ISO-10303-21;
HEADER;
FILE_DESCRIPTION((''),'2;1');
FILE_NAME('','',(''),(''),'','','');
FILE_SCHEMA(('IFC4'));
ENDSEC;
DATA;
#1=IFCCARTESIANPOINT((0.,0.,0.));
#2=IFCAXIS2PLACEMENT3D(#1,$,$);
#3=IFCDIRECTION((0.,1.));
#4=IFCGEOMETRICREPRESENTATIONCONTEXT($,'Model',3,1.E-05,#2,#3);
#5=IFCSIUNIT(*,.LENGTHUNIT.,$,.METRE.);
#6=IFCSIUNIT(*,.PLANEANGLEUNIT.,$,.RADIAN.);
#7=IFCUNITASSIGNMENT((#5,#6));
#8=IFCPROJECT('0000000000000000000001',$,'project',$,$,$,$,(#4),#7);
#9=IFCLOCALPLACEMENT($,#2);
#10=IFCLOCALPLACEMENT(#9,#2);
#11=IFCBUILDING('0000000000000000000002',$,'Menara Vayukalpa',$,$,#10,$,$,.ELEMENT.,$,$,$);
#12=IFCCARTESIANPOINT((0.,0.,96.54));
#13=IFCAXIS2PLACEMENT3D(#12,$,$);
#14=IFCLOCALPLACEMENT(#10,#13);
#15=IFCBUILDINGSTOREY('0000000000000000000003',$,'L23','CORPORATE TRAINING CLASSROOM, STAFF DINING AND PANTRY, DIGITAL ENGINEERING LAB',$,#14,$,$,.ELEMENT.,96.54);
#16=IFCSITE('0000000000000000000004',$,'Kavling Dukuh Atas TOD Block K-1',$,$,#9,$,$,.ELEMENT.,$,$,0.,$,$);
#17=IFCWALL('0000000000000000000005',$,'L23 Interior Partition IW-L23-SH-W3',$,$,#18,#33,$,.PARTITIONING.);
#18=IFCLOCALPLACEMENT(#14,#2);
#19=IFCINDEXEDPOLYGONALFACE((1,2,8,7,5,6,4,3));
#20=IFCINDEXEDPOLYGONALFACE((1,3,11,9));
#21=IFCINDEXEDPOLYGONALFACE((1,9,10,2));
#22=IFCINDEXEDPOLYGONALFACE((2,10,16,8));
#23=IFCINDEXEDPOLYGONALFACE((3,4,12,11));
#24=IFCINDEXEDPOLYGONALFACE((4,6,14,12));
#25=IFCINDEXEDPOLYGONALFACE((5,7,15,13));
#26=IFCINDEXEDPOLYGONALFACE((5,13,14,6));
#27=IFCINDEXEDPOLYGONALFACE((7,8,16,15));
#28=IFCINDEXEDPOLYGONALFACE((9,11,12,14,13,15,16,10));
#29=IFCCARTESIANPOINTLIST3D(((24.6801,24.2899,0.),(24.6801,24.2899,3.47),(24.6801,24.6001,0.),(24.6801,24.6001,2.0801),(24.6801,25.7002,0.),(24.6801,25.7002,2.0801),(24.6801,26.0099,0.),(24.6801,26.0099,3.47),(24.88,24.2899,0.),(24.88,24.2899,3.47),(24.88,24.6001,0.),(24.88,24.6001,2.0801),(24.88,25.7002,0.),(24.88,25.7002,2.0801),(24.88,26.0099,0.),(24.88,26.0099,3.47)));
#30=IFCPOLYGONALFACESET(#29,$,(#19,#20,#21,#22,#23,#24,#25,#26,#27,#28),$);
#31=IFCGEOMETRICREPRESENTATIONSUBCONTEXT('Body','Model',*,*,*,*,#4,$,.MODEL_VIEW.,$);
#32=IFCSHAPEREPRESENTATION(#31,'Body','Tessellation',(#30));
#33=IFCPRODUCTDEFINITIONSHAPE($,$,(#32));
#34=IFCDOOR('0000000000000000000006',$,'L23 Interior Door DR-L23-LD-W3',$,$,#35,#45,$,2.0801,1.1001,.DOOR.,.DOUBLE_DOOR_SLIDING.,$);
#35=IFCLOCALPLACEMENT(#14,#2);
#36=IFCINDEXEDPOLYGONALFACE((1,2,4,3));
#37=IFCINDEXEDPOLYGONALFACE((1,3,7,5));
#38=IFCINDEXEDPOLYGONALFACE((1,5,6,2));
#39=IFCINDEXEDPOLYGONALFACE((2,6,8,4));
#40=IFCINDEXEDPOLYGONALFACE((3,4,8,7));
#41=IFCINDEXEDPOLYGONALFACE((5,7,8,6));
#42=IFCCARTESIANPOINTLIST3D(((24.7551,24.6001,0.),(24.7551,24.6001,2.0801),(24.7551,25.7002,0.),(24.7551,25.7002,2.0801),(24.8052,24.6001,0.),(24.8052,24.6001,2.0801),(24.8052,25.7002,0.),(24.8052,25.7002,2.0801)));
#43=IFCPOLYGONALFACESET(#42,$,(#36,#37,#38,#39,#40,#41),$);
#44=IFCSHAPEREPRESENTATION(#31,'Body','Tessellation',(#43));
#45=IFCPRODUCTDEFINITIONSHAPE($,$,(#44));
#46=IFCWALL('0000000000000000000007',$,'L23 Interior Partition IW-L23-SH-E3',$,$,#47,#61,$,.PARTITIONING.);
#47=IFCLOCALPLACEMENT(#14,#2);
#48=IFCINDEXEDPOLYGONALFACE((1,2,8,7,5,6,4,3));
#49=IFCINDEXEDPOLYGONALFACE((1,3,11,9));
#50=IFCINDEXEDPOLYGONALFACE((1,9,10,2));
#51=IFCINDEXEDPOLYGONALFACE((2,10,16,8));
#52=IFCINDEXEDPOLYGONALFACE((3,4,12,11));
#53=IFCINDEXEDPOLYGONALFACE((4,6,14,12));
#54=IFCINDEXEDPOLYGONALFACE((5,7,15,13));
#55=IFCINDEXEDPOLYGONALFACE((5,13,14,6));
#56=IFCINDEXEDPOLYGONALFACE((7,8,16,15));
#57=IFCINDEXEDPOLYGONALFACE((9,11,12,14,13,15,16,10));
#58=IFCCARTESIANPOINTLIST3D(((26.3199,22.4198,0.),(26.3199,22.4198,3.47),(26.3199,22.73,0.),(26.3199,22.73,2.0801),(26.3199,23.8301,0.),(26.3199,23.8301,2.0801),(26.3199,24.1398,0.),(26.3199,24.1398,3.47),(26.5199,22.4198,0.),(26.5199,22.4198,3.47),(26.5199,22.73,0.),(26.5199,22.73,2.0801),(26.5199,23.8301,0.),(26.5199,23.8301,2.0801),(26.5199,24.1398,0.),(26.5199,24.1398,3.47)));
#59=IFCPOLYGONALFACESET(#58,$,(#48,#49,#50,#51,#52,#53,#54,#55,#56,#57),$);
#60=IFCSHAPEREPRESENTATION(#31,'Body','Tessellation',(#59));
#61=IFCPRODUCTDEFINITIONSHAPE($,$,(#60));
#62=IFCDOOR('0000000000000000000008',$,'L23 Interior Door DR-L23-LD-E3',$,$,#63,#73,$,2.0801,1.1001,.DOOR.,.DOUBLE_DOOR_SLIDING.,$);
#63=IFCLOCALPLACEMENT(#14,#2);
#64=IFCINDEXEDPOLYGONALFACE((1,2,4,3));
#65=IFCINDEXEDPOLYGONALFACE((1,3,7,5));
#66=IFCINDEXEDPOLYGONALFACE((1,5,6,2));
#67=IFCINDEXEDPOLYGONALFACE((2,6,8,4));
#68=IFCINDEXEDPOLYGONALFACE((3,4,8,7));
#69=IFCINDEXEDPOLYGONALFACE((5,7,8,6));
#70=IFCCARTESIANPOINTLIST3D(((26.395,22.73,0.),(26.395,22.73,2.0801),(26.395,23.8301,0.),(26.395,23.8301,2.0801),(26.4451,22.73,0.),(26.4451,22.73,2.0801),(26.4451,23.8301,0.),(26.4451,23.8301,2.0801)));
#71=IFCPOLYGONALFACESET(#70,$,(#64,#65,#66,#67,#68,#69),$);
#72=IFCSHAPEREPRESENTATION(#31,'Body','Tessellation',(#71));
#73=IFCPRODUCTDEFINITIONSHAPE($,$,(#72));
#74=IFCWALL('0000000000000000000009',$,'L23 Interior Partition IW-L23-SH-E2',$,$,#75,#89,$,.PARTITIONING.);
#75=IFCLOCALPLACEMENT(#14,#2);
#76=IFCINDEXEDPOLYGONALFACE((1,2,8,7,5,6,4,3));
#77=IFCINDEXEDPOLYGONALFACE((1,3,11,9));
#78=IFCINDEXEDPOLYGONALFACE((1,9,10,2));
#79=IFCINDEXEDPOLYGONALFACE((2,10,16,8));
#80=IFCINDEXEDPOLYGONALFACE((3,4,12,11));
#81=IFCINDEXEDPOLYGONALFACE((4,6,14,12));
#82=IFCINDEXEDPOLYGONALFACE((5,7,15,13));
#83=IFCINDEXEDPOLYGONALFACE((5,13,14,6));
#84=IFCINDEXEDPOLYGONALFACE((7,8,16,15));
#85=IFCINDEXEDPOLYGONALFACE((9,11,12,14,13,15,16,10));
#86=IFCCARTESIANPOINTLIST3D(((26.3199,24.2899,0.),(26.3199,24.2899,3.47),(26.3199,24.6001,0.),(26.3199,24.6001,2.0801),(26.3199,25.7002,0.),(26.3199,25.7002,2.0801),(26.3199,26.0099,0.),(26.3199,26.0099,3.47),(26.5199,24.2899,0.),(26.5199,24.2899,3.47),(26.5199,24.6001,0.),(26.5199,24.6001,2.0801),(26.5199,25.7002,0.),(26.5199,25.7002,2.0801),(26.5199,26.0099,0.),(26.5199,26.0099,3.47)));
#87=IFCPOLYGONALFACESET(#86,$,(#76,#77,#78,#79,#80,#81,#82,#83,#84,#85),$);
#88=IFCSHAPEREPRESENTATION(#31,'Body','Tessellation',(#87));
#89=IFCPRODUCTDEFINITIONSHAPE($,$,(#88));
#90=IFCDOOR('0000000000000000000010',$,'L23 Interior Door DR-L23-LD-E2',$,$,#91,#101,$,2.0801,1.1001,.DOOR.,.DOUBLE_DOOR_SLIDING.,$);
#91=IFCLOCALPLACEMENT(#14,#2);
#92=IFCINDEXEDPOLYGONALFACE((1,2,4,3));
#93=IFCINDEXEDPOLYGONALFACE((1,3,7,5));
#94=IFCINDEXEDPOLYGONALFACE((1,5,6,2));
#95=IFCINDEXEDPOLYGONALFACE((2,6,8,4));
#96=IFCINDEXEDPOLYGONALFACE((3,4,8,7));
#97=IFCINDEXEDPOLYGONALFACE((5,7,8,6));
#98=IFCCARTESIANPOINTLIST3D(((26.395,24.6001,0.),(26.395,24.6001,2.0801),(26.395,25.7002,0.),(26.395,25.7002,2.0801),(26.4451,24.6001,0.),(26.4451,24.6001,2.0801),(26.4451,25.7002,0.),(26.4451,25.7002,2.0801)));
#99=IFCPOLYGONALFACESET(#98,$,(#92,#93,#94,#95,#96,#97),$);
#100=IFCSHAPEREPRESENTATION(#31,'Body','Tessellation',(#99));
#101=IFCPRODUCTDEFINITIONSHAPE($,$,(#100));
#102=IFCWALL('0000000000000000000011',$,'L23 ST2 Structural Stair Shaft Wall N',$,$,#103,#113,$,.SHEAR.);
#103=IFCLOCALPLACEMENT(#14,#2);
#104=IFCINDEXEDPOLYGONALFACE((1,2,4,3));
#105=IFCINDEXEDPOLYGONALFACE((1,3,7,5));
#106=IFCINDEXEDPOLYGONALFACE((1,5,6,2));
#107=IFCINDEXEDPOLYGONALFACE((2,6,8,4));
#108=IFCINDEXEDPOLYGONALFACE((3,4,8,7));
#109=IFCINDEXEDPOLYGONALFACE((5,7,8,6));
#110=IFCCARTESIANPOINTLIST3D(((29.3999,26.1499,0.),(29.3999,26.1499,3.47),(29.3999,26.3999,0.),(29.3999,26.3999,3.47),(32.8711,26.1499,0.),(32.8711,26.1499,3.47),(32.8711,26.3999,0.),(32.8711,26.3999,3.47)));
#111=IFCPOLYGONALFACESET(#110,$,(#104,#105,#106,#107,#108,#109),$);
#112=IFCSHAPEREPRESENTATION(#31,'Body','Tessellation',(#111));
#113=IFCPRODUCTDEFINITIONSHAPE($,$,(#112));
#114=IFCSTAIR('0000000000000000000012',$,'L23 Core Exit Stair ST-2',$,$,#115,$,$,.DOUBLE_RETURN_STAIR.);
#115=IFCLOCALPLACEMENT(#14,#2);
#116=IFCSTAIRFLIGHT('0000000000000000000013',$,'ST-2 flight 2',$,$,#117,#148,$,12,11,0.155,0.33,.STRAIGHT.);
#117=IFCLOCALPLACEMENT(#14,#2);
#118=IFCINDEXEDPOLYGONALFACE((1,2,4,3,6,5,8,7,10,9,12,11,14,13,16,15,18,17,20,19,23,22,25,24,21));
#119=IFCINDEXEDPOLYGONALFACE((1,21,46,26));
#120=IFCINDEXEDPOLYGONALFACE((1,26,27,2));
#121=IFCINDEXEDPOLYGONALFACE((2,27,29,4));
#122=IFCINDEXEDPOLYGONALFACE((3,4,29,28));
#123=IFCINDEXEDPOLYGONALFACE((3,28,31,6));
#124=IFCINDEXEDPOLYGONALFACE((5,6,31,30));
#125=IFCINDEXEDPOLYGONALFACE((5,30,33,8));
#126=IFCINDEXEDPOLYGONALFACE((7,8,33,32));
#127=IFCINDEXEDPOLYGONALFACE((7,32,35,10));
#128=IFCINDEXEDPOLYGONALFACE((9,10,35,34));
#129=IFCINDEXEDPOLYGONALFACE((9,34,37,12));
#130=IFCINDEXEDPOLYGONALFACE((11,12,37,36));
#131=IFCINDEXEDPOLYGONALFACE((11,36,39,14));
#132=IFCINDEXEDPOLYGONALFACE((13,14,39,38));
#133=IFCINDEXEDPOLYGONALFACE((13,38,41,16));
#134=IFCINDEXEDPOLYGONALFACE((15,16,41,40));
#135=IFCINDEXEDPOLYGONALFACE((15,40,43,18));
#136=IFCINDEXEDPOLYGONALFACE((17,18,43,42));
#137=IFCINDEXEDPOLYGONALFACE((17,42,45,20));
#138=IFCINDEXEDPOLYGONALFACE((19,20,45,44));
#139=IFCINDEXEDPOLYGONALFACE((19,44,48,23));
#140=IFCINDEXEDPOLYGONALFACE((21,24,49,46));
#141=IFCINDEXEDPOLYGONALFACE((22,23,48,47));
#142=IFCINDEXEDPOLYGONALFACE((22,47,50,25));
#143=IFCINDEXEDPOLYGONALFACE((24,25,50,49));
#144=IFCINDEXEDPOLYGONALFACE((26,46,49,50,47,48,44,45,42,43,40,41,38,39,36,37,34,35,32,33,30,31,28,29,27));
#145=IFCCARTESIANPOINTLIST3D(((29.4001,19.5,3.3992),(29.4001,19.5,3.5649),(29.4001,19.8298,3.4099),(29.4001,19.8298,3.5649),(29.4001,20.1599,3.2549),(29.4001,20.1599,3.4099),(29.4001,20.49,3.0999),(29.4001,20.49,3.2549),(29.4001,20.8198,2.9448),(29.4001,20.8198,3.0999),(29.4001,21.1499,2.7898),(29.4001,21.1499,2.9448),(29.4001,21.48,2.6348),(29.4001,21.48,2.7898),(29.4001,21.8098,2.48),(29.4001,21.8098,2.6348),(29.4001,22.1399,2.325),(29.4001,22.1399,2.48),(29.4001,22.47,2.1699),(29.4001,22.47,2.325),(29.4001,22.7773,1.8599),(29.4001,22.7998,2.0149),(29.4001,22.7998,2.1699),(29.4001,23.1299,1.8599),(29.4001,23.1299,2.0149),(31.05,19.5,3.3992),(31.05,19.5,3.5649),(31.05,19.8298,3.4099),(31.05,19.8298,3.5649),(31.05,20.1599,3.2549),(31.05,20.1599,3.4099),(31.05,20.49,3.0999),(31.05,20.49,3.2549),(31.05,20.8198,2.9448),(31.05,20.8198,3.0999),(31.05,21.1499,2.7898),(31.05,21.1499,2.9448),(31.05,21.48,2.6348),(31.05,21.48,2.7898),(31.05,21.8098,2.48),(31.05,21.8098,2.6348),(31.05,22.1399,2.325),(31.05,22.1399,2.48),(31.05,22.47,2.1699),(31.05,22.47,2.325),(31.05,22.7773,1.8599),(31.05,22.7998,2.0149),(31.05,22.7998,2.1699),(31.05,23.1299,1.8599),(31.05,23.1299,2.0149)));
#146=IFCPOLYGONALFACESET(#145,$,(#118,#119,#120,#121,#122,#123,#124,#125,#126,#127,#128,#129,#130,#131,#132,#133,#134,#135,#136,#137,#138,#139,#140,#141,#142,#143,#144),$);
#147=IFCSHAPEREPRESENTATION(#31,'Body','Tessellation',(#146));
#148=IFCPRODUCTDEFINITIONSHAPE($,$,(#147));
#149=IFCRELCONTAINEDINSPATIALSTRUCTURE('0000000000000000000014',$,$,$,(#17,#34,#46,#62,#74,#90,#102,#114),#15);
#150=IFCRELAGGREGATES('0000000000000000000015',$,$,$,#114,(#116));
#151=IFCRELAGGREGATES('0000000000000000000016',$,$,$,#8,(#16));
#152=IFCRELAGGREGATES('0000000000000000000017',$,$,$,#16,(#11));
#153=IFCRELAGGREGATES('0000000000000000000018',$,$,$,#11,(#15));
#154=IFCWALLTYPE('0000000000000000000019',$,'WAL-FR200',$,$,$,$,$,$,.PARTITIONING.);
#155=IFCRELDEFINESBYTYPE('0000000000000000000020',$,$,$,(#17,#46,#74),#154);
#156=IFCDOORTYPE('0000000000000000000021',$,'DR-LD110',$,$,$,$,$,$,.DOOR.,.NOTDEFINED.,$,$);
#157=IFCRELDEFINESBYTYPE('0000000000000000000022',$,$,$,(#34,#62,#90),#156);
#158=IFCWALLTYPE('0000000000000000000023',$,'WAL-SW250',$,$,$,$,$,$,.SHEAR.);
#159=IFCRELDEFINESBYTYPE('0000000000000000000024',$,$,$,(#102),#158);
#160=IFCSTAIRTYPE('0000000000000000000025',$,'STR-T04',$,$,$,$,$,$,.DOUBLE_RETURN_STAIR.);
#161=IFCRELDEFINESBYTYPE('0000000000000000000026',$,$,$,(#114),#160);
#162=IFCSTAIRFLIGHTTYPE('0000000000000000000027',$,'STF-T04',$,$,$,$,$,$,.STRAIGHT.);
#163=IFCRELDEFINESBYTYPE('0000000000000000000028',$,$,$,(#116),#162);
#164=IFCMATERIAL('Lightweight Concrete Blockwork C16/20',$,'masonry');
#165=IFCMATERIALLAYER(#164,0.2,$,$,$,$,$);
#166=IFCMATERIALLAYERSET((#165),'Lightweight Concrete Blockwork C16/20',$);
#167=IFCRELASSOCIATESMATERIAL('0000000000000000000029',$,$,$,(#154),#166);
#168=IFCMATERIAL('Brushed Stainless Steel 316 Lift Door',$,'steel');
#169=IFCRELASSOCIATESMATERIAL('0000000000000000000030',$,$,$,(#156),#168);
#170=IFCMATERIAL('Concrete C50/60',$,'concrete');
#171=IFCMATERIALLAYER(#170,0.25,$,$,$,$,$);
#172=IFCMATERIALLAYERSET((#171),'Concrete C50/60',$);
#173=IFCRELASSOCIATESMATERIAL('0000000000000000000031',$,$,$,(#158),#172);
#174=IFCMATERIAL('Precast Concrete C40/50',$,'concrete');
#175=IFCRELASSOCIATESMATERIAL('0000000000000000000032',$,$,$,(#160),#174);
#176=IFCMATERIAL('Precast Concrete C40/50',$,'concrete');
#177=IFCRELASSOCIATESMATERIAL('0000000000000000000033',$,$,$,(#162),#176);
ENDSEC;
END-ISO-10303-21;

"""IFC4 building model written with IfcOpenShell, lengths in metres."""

from ifc_helpers import new_model, si_unit, direction, frame, frame_2d, origin, place, context, subcontext, project, spatial, polyline, rectangle, outline, extrude, material, layer, layer_set, type_object, element, fill, aggregate, save


model = new_model("IFC4")

# Units and contexts
model_context = context("Model", 3, precision=1e-05, world=origin(), true_north=direction((0.0, 1.0)))
body_context = subcontext(model_context, "Body", "Model", "MODEL_VIEW")
ifc_project = project(units=[si_unit("LENGTHUNIT", "METRE"), si_unit("PLANEANGLEUNIT", "RADIAN")], contexts=[model_context])

# Site, building, storey
site_placement = place(None, origin())
site = spatial("IfcSite", under=ifc_project, at=site_placement, Name="Kavling Dukuh Atas TOD Block K-1", CompositionType="ELEMENT", RefElevation=0.0)
building_placement = place(site_placement, origin())
building = spatial("IfcBuilding", under=site, at=building_placement, Name="Menara Vayukalpa", CompositionType="ELEMENT")
storey_placement = place(building_placement, frame((0.0, 0.0, 96.54)))
storey = spatial("IfcBuildingStorey", under=building, at=storey_placement, Name="L23", Description="CORPORATE TRAINING CLASSROOM, STAFF DINING AND PANTRY, DIGITAL ENGINEERING LAB", CompositionType="ELEMENT", Elevation=96.54)

# Walls, openings, doors
ifc_material_1 = material(Name="Lightweight Concrete Blockwork C16/20", Category="masonry")
ifc_layer_1 = layer(ifc_material_1, 0.2)
ifc_layer_set_1 = layer_set([ifc_layer_1], Name="Lightweight Concrete Blockwork C16/20")
wall_type_1 = type_object("IfcWallType", Name="WAL-FR200", PredefinedType="PARTITIONING", material=ifc_layer_set_1)
ifc_material_2 = material(Name="Brushed Stainless Steel 316 Lift Door", Category="steel")
door_type = type_object("IfcDoorType", Name="DR-LD110", OperationType="NOTDEFINED", PredefinedType="DOOR", material=ifc_material_2)
wall_1_placement = place(storey_placement, frame((24.78, 24.29, 0.0), z_axis=(0.0, 0.0, 1.0), x_axis=(0.0, 1.0, 0.0)))
wall_1 = element("IfcWall", 1, at=wall_1_placement, inside=storey, type_object=wall_type_1, Name="L23 Interior Partition IW-L23-SH-W3", PredefinedType="PARTITIONING", context=body_context, shape_type="SweptSolid", body=[
    extrude(rectangle(XDim=1.72, YDim=0.2, at=frame_2d((0.8599, 0.0))), origin(), (0.0, 0.0, 1.0), 3.47),
])
opening_1_placement = place(wall_1_placement, frame((0.3101, 0.0, 0.0)))
opening_1 = element("IfcOpeningElement", 2, at=opening_1_placement, cuts=wall_1, PredefinedType="OPENING", context=body_context, shape_type="SweptSolid", body=[
    extrude(rectangle(XDim=1.1001, YDim=2.0801, at=frame_2d((0.55, 1.04))), frame((0.0, 0.1099, 0.0), z_axis=(0.0, -1.0, 0.0), x_axis=(1.0, 0.0, 0.0)), (0.0, 0.0, 1.0), 0.22),
])
door_1_placement = place(opening_1_placement, origin())
door_1 = element("IfcDoor", 3, at=door_1_placement, inside=storey, type_object=door_type, Name="L23 Interior Door DR-L23-LD-W3", OperationType="DOUBLE_DOOR_SLIDING", OverallHeight=2.0801, OverallWidth=1.1001, PredefinedType="DOOR", context=body_context, shape_type="SweptSolid", body=[
    extrude(rectangle(XDim=1.1001, YDim=2.0801, at=frame_2d((0.55, 1.04))), frame((0.0, 0.0249, 0.0), z_axis=(0.0, -1.0, 0.0), x_axis=(1.0, 0.0, 0.0)), (0.0, 0.0, 1.0), 0.05),
])
fill(opening_1, door_1)
wall_2_placement = place(storey_placement, frame((26.4199, 22.4199, 0.0), z_axis=(0.0, 0.0, 1.0), x_axis=(0.0, 1.0, 0.0)))
wall_2 = element("IfcWall", 4, at=wall_2_placement, inside=storey, type_object=wall_type_1, Name="L23 Interior Partition IW-L23-SH-E3", PredefinedType="PARTITIONING", context=body_context, shape_type="SweptSolid", body=[
    extrude(rectangle(XDim=1.72, YDim=0.2, at=frame_2d((0.8599, 0.0))), origin(), (0.0, 0.0, 1.0), 3.47),
])
opening_2_placement = place(wall_2_placement, frame((0.3101, 0.0, 0.0)))
opening_2 = element("IfcOpeningElement", 5, at=opening_2_placement, cuts=wall_2, PredefinedType="OPENING", context=body_context, shape_type="SweptSolid", body=[
    extrude(rectangle(XDim=1.1001, YDim=2.0801, at=frame_2d((0.55, 1.04))), frame((0.0, 0.1099, 0.0), z_axis=(0.0, -1.0, 0.0), x_axis=(1.0, 0.0, 0.0)), (0.0, 0.0, 1.0), 0.22),
])
door_2_placement = place(opening_2_placement, origin())
door_2 = element("IfcDoor", 6, at=door_2_placement, inside=storey, type_object=door_type, Name="L23 Interior Door DR-L23-LD-E3", OperationType="DOUBLE_DOOR_SLIDING", OverallHeight=2.0801, OverallWidth=1.1001, PredefinedType="DOOR", context=body_context, shape_type="SweptSolid", body=[
    extrude(rectangle(XDim=1.1001, YDim=2.0801, at=frame_2d((0.55, 1.04))), frame((0.0, 0.0249, 0.0), z_axis=(0.0, -1.0, 0.0), x_axis=(1.0, 0.0, 0.0)), (0.0, 0.0, 1.0), 0.05),
])
fill(opening_2, door_2)
wall_3_placement = place(storey_placement, frame((26.4199, 24.29, 0.0), z_axis=(0.0, 0.0, 1.0), x_axis=(0.0, 1.0, 0.0)))
wall_3 = element("IfcWall", 7, at=wall_3_placement, inside=storey, type_object=wall_type_1, Name="L23 Interior Partition IW-L23-SH-E2", PredefinedType="PARTITIONING", context=body_context, shape_type="SweptSolid", body=[
    extrude(rectangle(XDim=1.72, YDim=0.2, at=frame_2d((0.8599, 0.0))), origin(), (0.0, 0.0, 1.0), 3.47),
])
opening_3_placement = place(wall_3_placement, frame((0.3101, 0.0, 0.0)))
opening_3 = element("IfcOpeningElement", 8, at=opening_3_placement, cuts=wall_3, PredefinedType="OPENING", context=body_context, shape_type="SweptSolid", body=[
    extrude(rectangle(XDim=1.1001, YDim=2.0801, at=frame_2d((0.55, 1.04))), frame((0.0, 0.1099, 0.0), z_axis=(0.0, -1.0, 0.0), x_axis=(1.0, 0.0, 0.0)), (0.0, 0.0, 1.0), 0.22),
])
door_3_placement = place(opening_3_placement, origin())
door_3 = element("IfcDoor", 9, at=door_3_placement, inside=storey, type_object=door_type, Name="L23 Interior Door DR-L23-LD-E2", OperationType="DOUBLE_DOOR_SLIDING", OverallHeight=2.0801, OverallWidth=1.1001, PredefinedType="DOOR", context=body_context, shape_type="SweptSolid", body=[
    extrude(rectangle(XDim=1.1001, YDim=2.0801, at=frame_2d((0.55, 1.04))), frame((0.0, 0.0249, 0.0), z_axis=(0.0, -1.0, 0.0), x_axis=(1.0, 0.0, 0.0)), (0.0, 0.0, 1.0), 0.05),
])
fill(opening_3, door_3)

# Wall
ifc_material_3 = material(Name="Concrete C50/60", Category="concrete")
ifc_layer_2 = layer(ifc_material_3, 0.25)
ifc_layer_set_2 = layer_set([ifc_layer_2], Name="Concrete C50/60")
wall_type_2 = type_object("IfcWallType", Name="WAL-SW250", PredefinedType="SHEAR", material=ifc_layer_set_2)
wall_4_placement = place(storey_placement, frame((29.3999, 26.2749, 0.0), z_axis=(0.0, 0.0, 1.0), x_axis=(1.0, 0.0, 0.0)))
element("IfcWall", 10, at=wall_4_placement, inside=storey, type_object=wall_type_2, Name="L23 ST2 Structural Stair Shaft Wall N", PredefinedType="SHEAR", context=body_context, shape_type="SweptSolid", body=[
    extrude(rectangle(XDim=3.4712, YDim=0.25, at=frame_2d((1.7356, 0.0))), origin(), (0.0, 0.0, 1.0), 3.47),
])

# Stair, stair flight
ifc_material_4 = material(Name="Precast Concrete C40/50", Category="concrete")
stair_type = type_object("IfcStairType", Name="STR-T04", PredefinedType="DOUBLE_RETURN_STAIR", material=ifc_material_4)
stair_placement = place(storey_placement, origin())
stair = element("IfcStair", 11, at=stair_placement, inside=storey, type_object=stair_type, Name="L23 Core Exit Stair ST-2", PredefinedType="DOUBLE_RETURN_STAIR")
ifc_material_5 = material(Name="Precast Concrete C40/50", Category="concrete")
stair_flight_type = type_object("IfcStairFlightType", Name="STF-T04", PredefinedType="STRAIGHT", material=ifc_material_5)
stair_flight_placement = place(storey_placement, frame((30.2251, 23.1299, 1.8599), z_axis=(0.0, 0.0, 1.0), x_axis=(0.0, -1.0, 0.0)))
stair_flight = element("IfcStairFlight", 12, at=stair_flight_placement, type_object=stair_flight_type, Name="ST-2 flight 2", NumberOfRisers=12, NumberOfTreads=11, PredefinedType="STRAIGHT", RiserHeight=0.155, TreadLength=0.33, context=body_context, shape_type="SweptSolid", body=[
    extrude(outline(polyline([(0.0, 0.0), (0.0, 0.155), (0.3301, 0.155), (0.3301, 0.3101), (0.6599, 0.3101), (0.6599, 0.4651), (0.99, 0.4651), (0.99, 0.6201), (1.3201, 0.6201), (1.3201, 0.7749), (1.6499, 0.7749), (1.6499, 0.9299), (1.98, 0.9299), (1.98, 1.085), (2.3101, 1.085), (2.3101, 1.24), (2.6399, 1.24), (2.6399, 1.395), (2.97, 1.395), (2.97, 1.55), (3.3, 1.55), (3.3, 1.7051), (3.6299, 1.7051), (3.6299, 1.8601), (3.6299, 1.5393), (0.3525, 0.0), (0.0, 0.0)])), frame((0.0, 0.825, 0.0), z_axis=(0.0, -1.0, 0.0), x_axis=(1.0, 0.0, 0.0)), (0.0, 0.0, 1.0), 1.6499),
])
aggregate(stair, [stair_flight])

save(model, "model.ifc")
